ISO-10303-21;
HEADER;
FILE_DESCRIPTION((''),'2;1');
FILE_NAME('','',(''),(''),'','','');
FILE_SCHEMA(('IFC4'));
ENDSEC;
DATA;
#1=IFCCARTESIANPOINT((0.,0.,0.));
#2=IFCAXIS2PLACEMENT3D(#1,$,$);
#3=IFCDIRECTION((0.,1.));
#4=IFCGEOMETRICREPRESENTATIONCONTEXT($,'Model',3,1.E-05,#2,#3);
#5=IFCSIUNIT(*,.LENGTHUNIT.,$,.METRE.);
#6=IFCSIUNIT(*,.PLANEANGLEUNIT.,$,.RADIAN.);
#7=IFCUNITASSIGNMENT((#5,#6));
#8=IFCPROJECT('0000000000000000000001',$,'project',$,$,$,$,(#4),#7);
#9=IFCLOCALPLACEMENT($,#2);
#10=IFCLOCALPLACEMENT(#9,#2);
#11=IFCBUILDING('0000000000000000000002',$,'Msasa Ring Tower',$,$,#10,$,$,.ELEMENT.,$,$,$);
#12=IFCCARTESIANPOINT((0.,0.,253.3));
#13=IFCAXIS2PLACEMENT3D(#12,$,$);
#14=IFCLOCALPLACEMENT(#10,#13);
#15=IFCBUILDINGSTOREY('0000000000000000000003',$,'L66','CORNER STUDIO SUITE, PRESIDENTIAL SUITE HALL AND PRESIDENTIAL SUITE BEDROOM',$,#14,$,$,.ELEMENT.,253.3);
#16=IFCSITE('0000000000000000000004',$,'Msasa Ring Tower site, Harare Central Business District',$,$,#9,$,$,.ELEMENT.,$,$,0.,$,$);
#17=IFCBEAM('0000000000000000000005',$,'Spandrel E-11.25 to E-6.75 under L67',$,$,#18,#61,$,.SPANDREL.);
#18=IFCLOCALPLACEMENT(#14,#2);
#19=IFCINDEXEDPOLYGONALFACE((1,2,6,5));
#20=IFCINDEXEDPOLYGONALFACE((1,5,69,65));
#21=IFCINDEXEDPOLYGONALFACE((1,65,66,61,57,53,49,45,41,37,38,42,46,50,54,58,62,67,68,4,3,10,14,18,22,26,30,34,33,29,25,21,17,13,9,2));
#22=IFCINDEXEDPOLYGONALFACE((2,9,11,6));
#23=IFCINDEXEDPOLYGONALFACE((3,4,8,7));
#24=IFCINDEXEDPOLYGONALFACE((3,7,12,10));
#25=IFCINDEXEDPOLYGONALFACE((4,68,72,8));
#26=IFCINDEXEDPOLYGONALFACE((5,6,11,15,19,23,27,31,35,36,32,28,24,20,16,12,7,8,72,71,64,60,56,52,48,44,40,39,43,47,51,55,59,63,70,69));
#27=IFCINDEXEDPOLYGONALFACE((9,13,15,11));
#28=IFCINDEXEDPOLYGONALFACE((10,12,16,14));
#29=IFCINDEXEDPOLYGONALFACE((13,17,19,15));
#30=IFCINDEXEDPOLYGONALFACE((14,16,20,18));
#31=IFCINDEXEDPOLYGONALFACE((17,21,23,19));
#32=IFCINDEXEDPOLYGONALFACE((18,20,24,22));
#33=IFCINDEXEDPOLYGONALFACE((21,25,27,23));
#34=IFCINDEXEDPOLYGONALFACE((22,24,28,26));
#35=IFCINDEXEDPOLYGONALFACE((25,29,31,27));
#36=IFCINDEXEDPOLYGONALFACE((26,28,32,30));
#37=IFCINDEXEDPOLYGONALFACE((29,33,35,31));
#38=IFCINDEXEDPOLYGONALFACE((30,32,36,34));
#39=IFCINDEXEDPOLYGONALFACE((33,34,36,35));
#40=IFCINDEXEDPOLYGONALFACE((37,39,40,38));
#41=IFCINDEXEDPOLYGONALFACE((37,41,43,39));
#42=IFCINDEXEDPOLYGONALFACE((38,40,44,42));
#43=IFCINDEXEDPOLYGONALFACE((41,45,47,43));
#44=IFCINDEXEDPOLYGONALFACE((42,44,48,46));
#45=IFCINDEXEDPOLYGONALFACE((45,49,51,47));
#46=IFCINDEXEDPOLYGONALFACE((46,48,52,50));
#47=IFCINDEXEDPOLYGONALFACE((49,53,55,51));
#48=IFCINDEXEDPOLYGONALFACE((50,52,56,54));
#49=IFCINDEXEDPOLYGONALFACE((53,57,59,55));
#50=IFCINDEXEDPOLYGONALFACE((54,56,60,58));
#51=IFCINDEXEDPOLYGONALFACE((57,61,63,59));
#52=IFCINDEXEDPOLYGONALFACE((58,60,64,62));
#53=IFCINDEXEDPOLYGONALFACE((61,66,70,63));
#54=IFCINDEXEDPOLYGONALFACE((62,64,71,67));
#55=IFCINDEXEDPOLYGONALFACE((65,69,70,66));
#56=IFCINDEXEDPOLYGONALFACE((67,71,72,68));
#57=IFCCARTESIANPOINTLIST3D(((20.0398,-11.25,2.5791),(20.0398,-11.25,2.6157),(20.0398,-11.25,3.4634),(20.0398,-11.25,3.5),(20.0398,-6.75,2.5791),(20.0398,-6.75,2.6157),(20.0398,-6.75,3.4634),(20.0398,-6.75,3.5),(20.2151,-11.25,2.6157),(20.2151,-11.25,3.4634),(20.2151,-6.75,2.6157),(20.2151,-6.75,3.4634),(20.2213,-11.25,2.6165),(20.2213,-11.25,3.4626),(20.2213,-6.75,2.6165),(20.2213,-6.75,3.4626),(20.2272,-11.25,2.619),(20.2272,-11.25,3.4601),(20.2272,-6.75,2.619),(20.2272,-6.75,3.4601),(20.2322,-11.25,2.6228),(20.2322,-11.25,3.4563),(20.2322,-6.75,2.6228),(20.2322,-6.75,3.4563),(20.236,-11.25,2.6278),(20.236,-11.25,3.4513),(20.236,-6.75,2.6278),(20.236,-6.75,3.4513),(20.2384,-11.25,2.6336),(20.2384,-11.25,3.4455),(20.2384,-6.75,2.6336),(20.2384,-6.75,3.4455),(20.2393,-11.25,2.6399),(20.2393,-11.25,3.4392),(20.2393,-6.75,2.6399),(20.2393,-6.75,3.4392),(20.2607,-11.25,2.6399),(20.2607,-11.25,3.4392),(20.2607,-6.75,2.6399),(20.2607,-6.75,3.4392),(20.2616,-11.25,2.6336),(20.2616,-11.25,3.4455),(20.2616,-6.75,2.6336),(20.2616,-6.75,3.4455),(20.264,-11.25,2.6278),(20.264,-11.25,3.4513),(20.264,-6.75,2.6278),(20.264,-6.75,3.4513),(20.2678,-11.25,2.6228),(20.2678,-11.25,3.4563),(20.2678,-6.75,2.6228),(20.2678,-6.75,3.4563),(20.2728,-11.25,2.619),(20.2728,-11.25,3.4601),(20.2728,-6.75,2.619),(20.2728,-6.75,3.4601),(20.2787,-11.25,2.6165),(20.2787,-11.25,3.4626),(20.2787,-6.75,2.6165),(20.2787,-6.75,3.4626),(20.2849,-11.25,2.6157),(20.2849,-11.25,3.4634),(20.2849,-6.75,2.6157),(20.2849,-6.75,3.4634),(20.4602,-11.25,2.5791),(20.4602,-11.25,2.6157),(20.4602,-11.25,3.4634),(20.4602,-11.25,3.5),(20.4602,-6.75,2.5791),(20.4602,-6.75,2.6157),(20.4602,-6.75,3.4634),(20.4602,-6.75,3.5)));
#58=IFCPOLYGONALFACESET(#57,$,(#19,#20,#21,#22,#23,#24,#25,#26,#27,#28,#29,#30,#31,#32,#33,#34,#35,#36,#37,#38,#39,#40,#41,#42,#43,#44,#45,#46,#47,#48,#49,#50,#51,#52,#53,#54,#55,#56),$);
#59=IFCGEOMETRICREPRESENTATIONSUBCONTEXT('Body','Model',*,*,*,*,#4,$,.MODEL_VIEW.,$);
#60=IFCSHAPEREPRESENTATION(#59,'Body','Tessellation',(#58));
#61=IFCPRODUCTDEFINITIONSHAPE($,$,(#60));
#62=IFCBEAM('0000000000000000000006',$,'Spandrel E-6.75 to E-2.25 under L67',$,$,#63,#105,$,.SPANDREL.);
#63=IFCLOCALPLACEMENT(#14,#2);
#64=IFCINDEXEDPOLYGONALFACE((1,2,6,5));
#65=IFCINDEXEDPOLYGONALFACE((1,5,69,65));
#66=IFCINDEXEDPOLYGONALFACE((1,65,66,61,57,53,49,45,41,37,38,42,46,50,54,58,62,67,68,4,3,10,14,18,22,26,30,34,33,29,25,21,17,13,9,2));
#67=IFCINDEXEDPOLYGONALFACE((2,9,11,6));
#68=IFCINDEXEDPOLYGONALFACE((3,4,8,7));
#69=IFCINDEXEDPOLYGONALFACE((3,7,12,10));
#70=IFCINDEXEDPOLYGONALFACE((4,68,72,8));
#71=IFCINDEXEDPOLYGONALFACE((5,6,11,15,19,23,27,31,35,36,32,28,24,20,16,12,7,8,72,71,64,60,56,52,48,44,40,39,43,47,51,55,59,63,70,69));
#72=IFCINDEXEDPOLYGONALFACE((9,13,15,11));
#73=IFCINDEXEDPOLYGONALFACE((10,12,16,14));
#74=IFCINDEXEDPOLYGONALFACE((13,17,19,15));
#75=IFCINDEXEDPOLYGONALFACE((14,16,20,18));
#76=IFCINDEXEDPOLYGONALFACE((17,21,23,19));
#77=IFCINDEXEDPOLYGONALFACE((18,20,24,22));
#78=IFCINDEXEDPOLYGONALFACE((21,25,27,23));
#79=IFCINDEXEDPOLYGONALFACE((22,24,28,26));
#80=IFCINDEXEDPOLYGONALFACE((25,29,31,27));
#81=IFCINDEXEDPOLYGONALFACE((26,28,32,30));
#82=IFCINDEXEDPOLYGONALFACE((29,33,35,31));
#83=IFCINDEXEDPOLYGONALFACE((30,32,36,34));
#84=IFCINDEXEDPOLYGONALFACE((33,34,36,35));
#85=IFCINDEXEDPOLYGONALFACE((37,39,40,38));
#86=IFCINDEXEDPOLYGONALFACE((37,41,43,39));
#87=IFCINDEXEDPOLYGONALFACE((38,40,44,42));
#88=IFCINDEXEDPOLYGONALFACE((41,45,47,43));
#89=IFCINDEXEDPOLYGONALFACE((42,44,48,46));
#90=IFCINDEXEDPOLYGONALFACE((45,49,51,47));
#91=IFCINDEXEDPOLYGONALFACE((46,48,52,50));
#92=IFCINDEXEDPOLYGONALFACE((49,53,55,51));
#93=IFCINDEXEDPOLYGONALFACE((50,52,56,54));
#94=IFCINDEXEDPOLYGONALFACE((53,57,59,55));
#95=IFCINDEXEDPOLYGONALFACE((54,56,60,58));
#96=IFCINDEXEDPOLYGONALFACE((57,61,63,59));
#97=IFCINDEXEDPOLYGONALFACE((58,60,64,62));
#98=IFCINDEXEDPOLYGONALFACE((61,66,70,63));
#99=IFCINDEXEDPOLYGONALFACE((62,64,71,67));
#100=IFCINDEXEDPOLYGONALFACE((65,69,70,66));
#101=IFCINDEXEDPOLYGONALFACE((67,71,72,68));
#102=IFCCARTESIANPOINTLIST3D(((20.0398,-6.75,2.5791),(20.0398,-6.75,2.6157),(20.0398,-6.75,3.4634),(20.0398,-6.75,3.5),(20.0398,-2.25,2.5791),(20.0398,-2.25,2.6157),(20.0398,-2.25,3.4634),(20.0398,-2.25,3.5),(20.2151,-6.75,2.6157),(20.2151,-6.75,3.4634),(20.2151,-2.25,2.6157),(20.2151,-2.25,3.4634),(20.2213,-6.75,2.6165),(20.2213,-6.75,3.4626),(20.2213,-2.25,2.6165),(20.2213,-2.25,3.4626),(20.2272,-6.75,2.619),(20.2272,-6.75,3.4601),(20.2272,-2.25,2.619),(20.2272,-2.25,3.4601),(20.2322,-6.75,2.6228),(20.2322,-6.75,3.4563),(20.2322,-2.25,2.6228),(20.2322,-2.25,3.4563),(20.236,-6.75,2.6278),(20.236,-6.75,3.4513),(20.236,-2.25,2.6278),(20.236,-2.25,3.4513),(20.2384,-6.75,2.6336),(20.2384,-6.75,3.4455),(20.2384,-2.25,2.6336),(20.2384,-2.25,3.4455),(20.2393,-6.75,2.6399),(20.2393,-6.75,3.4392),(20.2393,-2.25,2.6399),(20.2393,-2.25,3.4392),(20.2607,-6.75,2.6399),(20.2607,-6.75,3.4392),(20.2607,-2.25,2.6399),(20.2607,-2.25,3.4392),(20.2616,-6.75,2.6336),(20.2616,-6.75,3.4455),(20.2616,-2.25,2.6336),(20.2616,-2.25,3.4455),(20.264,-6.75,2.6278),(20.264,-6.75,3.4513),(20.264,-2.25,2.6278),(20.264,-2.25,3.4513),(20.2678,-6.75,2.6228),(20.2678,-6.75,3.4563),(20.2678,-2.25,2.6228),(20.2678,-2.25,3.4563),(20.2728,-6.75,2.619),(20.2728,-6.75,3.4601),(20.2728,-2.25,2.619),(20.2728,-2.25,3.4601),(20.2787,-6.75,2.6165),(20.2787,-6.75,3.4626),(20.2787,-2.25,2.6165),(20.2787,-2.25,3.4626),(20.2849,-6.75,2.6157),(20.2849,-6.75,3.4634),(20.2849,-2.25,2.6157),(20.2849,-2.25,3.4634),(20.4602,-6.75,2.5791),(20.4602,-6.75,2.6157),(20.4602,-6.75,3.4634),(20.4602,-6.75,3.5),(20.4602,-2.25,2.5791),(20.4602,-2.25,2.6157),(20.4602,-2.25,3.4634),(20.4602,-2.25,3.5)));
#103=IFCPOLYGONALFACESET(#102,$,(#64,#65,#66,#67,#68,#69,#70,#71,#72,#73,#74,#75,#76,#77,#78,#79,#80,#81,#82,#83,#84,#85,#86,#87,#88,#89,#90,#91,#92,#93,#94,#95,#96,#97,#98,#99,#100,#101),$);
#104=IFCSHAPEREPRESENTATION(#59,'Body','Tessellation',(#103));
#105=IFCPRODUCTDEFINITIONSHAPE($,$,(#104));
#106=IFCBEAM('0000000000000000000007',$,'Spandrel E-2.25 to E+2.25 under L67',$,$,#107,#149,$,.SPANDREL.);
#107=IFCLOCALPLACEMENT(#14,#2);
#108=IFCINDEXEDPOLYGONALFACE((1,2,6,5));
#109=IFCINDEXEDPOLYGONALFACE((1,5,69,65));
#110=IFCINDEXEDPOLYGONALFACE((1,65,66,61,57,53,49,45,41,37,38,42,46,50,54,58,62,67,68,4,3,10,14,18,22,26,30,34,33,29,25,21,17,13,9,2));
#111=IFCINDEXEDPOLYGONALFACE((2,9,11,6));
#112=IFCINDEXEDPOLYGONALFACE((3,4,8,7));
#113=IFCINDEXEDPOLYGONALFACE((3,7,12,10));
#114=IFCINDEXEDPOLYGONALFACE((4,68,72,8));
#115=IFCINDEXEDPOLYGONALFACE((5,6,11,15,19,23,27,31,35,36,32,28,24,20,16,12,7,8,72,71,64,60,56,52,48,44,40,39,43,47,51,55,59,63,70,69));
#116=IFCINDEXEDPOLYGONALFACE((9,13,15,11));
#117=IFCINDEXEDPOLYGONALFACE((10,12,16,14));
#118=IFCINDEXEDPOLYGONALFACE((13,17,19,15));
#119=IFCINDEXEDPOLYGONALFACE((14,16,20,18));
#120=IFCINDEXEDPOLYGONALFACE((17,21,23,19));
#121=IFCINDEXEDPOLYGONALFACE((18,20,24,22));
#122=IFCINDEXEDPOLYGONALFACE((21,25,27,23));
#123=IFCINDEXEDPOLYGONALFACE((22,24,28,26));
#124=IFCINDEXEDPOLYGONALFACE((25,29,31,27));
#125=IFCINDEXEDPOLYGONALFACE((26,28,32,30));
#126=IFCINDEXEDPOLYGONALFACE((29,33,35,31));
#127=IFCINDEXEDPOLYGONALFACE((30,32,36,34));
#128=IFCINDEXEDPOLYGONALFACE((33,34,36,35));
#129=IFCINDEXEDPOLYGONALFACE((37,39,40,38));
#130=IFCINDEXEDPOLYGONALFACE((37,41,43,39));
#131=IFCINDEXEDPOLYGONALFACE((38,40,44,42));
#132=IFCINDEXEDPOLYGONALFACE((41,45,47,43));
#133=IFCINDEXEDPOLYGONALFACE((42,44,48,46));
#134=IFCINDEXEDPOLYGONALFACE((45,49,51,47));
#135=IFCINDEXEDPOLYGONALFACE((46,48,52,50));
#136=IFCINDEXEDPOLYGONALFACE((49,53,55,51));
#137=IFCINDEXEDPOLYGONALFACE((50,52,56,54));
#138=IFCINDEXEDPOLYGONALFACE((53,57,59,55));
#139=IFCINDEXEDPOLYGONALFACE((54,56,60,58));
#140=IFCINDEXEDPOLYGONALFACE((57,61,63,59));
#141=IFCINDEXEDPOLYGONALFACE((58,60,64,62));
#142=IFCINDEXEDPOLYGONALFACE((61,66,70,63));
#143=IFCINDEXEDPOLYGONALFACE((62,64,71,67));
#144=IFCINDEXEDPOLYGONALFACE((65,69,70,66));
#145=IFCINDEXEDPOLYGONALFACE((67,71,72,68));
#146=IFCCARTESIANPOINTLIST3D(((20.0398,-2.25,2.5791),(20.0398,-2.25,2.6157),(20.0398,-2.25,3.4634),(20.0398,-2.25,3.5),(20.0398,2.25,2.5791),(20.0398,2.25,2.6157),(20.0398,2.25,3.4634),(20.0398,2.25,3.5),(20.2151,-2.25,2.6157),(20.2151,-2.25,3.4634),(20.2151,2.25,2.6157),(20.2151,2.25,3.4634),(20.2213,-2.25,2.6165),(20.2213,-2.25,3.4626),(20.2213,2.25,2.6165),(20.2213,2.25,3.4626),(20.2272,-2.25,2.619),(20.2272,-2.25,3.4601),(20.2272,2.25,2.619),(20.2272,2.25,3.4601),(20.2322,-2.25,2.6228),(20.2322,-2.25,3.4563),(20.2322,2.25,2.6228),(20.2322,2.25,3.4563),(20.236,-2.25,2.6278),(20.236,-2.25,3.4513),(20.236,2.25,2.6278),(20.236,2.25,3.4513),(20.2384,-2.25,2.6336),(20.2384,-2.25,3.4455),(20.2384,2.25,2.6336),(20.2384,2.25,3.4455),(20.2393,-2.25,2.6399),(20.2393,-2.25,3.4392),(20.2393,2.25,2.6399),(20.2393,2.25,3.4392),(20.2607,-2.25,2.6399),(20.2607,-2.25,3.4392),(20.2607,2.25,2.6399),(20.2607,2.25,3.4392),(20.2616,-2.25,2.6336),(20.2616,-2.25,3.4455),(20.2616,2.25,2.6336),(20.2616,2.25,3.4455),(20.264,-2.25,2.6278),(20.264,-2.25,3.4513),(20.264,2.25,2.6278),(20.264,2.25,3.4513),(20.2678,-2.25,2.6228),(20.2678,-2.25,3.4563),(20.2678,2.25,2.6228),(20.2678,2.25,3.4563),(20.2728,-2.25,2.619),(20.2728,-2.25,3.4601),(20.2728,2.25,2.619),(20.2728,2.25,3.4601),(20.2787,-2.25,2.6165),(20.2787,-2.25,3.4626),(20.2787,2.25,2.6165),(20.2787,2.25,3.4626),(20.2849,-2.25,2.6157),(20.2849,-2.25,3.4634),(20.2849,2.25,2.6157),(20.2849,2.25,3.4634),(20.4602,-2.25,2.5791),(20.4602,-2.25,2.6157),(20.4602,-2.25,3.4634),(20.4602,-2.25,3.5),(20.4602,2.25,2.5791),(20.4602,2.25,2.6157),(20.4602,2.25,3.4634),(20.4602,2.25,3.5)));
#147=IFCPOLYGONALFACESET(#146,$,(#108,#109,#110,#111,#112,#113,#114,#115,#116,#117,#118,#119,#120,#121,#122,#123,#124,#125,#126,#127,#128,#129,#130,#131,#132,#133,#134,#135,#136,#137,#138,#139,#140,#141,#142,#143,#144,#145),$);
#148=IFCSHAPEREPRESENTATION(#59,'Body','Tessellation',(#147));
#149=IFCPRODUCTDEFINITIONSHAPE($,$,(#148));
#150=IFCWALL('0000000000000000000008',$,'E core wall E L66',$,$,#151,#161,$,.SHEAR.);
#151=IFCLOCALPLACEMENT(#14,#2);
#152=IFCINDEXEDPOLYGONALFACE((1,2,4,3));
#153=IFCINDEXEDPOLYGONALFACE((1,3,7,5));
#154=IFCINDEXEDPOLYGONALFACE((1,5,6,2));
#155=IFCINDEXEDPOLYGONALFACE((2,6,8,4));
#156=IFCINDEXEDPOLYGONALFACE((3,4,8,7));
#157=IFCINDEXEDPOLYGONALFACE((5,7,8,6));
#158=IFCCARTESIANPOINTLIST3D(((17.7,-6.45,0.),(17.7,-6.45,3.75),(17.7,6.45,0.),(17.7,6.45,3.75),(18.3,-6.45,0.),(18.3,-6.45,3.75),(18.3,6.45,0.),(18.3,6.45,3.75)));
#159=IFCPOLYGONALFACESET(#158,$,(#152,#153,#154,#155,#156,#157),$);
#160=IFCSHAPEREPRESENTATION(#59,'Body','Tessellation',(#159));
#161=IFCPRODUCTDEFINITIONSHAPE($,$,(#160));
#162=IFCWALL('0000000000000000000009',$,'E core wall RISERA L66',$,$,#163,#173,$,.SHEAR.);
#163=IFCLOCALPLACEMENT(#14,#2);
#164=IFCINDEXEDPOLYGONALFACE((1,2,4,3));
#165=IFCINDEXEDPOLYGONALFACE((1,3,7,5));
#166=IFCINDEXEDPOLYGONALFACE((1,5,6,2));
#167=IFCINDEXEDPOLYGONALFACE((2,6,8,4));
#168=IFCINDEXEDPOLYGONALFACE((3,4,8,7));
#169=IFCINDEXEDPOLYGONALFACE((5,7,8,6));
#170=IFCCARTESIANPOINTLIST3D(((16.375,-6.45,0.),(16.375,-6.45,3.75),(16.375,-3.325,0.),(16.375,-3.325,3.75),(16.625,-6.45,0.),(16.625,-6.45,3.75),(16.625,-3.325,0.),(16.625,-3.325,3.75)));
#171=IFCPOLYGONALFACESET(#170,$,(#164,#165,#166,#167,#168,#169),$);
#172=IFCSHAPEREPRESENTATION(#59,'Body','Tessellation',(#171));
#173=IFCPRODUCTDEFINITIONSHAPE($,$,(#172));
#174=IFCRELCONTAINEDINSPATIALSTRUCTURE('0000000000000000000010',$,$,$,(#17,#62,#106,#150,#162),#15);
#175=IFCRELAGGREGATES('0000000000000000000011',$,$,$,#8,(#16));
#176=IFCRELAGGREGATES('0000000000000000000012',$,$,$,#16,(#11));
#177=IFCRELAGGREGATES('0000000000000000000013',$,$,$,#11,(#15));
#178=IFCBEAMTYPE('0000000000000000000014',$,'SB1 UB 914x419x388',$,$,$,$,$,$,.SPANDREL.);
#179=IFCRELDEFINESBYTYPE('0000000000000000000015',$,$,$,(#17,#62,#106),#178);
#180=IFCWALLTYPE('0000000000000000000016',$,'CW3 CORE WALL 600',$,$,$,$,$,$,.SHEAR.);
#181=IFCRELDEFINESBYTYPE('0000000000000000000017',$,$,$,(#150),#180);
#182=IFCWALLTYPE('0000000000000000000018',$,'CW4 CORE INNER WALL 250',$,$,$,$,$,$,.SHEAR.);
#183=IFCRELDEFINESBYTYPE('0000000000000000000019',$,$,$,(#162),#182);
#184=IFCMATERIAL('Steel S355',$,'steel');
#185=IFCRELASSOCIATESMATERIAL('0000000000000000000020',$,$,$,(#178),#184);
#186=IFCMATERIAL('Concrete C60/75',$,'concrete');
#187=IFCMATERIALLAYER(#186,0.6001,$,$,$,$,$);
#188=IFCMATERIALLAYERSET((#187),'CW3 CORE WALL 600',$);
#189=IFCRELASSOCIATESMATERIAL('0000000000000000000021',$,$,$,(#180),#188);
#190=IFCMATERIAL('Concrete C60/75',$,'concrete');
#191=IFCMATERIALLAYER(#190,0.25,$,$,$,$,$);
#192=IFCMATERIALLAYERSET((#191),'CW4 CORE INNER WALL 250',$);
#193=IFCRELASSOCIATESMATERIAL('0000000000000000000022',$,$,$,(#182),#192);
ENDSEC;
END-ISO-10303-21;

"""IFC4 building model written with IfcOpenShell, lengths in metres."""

from ifc_helpers import new_model, si_unit, direction, frame, frame_2d, origin, origin_2d, place, context, subcontext, project, spatial, rectangle, i_section, extrude, material, layer, layer_set, material_profile, profile_set, type_object, element, save


model = new_model("IFC4")

# Units and contexts
model_context = context("Model", 3, precision=1e-05, world=origin(), true_north=direction((0.0, 1.0)))
body_context = subcontext(model_context, "Body", "Model", "MODEL_VIEW")
ifc_project = project(units=[si_unit("LENGTHUNIT", "METRE"), si_unit("PLANEANGLEUNIT", "RADIAN")], contexts=[model_context])

# Site, building, storey
site_placement = place(None, origin())
site = spatial("IfcSite", under=ifc_project, at=site_placement, Name="Msasa Ring Tower site, Harare Central Business District", CompositionType="ELEMENT", RefElevation=0.0)
building_placement = place(site_placement, origin())
building = spatial("IfcBuilding", under=site, at=building_placement, Name="Msasa Ring Tower", CompositionType="ELEMENT")
storey_placement = place(building_placement, frame((0.0, 0.0, 253.3)))
storey = spatial("IfcBuildingStorey", under=building, at=storey_placement, Name="L66", Description="CORNER STUDIO SUITE, PRESIDENTIAL SUITE HALL AND PRESIDENTIAL SUITE BEDROOM", CompositionType="ELEMENT", Elevation=253.3)

# Beams
ifc_material_1 = material(Name="Steel S355", Category="steel")
ifc_material_profile_1 = material_profile(ifc_material_1, i_section(OverallWidth=0.4204, OverallDepth=0.9209, WebThickness=0.0215, FlangeThickness=0.0366, FilletRadius=0.0242, at=origin_2d()), Name="UB 914x419x388")
ifc_profile_set_1 = profile_set([ifc_material_profile_1], Name="Steel S355")
beam_type_1 = type_object("IfcBeamType", Name="SB1 UB 914x419x388", PredefinedType="SPANDREL", material=ifc_profile_set_1)
for number, where, z_axis, x_axis, name in (
    (1, (20.25, -11.25, 3.0396), (0.0, 1.0, 0.0), (-1.0, 0.0, 0.0), "Spandrel E-11.25 to E-6.75 under L67"),
    (2, (20.25, -6.75, 3.0396), (0.0, 1.0, 0.0), (-1.0, 0.0, 0.0), "Spandrel E-6.75 to E-2.25 under L67"),
    (3, (20.25, -2.25, 3.0396), (0.0, 1.0, 0.0), (-1.0, 0.0, 0.0), "Spandrel E-2.25 to E+2.25 under L67"),
):
    element("IfcBeam", number, at=place(storey_placement, frame(where, z_axis=z_axis, x_axis=x_axis)), inside=storey, type_object=beam_type_1, Name=name, PredefinedType="SPANDREL", context=body_context, shape_type="SweptSolid", body=[
        extrude(i_section(OverallWidth=0.4204, OverallDepth=0.9209, WebThickness=0.0215, FlangeThickness=0.0366, FilletRadius=0.0242, at=origin_2d()), origin(), (0.0, 0.0, 1.0), 4.5),
    ])

# Walls
ifc_material_2 = material(Name="Concrete C60/75", Category="concrete")
ifc_layer_1 = layer(ifc_material_2, 0.6001)
ifc_layer_set_1 = layer_set([ifc_layer_1], Name="CW3 CORE WALL 600")
wall_type_1 = type_object("IfcWallType", Name="CW3 CORE WALL 600", PredefinedType="SHEAR", material=ifc_layer_set_1)
wall_1_placement = place(storey_placement, frame((18.0, -6.45, 0.0), z_axis=(0.0, 0.0, 1.0), x_axis=(0.0, 1.0, 0.0)))
element("IfcWall", 4, at=wall_1_placement, inside=storey, type_object=wall_type_1, Name="E core wall E L66", PredefinedType="SHEAR", context=body_context, shape_type="SweptSolid", body=[
    extrude(rectangle(XDim=12.8999, YDim=0.6001, at=frame_2d((6.45, 0.0))), origin(), (0.0, 0.0, 1.0), 3.75),
])
ifc_material_3 = material(Name="Concrete C60/75", Category="concrete")
ifc_layer_2 = layer(ifc_material_3, 0.25)
ifc_layer_set_2 = layer_set([ifc_layer_2], Name="CW4 CORE INNER WALL 250")
wall_type_2 = type_object("IfcWallType", Name="CW4 CORE INNER WALL 250", PredefinedType="SHEAR", material=ifc_layer_set_2)
wall_2_placement = place(storey_placement, frame((16.5, -6.45, 0.0), z_axis=(0.0, 0.0, 1.0), x_axis=(0.0, 1.0, 0.0)))
element("IfcWall", 5, at=wall_2_placement, inside=storey, type_object=wall_type_2, Name="E core wall RISERA L66", PredefinedType="SHEAR", context=body_context, shape_type="SweptSolid", body=[
    extrude(rectangle(XDim=3.125, YDim=0.25, at=frame_2d((1.5625, 0.0))), origin(), (0.0, 0.0, 1.0), 3.75),
])

save(model, "model.ifc")
